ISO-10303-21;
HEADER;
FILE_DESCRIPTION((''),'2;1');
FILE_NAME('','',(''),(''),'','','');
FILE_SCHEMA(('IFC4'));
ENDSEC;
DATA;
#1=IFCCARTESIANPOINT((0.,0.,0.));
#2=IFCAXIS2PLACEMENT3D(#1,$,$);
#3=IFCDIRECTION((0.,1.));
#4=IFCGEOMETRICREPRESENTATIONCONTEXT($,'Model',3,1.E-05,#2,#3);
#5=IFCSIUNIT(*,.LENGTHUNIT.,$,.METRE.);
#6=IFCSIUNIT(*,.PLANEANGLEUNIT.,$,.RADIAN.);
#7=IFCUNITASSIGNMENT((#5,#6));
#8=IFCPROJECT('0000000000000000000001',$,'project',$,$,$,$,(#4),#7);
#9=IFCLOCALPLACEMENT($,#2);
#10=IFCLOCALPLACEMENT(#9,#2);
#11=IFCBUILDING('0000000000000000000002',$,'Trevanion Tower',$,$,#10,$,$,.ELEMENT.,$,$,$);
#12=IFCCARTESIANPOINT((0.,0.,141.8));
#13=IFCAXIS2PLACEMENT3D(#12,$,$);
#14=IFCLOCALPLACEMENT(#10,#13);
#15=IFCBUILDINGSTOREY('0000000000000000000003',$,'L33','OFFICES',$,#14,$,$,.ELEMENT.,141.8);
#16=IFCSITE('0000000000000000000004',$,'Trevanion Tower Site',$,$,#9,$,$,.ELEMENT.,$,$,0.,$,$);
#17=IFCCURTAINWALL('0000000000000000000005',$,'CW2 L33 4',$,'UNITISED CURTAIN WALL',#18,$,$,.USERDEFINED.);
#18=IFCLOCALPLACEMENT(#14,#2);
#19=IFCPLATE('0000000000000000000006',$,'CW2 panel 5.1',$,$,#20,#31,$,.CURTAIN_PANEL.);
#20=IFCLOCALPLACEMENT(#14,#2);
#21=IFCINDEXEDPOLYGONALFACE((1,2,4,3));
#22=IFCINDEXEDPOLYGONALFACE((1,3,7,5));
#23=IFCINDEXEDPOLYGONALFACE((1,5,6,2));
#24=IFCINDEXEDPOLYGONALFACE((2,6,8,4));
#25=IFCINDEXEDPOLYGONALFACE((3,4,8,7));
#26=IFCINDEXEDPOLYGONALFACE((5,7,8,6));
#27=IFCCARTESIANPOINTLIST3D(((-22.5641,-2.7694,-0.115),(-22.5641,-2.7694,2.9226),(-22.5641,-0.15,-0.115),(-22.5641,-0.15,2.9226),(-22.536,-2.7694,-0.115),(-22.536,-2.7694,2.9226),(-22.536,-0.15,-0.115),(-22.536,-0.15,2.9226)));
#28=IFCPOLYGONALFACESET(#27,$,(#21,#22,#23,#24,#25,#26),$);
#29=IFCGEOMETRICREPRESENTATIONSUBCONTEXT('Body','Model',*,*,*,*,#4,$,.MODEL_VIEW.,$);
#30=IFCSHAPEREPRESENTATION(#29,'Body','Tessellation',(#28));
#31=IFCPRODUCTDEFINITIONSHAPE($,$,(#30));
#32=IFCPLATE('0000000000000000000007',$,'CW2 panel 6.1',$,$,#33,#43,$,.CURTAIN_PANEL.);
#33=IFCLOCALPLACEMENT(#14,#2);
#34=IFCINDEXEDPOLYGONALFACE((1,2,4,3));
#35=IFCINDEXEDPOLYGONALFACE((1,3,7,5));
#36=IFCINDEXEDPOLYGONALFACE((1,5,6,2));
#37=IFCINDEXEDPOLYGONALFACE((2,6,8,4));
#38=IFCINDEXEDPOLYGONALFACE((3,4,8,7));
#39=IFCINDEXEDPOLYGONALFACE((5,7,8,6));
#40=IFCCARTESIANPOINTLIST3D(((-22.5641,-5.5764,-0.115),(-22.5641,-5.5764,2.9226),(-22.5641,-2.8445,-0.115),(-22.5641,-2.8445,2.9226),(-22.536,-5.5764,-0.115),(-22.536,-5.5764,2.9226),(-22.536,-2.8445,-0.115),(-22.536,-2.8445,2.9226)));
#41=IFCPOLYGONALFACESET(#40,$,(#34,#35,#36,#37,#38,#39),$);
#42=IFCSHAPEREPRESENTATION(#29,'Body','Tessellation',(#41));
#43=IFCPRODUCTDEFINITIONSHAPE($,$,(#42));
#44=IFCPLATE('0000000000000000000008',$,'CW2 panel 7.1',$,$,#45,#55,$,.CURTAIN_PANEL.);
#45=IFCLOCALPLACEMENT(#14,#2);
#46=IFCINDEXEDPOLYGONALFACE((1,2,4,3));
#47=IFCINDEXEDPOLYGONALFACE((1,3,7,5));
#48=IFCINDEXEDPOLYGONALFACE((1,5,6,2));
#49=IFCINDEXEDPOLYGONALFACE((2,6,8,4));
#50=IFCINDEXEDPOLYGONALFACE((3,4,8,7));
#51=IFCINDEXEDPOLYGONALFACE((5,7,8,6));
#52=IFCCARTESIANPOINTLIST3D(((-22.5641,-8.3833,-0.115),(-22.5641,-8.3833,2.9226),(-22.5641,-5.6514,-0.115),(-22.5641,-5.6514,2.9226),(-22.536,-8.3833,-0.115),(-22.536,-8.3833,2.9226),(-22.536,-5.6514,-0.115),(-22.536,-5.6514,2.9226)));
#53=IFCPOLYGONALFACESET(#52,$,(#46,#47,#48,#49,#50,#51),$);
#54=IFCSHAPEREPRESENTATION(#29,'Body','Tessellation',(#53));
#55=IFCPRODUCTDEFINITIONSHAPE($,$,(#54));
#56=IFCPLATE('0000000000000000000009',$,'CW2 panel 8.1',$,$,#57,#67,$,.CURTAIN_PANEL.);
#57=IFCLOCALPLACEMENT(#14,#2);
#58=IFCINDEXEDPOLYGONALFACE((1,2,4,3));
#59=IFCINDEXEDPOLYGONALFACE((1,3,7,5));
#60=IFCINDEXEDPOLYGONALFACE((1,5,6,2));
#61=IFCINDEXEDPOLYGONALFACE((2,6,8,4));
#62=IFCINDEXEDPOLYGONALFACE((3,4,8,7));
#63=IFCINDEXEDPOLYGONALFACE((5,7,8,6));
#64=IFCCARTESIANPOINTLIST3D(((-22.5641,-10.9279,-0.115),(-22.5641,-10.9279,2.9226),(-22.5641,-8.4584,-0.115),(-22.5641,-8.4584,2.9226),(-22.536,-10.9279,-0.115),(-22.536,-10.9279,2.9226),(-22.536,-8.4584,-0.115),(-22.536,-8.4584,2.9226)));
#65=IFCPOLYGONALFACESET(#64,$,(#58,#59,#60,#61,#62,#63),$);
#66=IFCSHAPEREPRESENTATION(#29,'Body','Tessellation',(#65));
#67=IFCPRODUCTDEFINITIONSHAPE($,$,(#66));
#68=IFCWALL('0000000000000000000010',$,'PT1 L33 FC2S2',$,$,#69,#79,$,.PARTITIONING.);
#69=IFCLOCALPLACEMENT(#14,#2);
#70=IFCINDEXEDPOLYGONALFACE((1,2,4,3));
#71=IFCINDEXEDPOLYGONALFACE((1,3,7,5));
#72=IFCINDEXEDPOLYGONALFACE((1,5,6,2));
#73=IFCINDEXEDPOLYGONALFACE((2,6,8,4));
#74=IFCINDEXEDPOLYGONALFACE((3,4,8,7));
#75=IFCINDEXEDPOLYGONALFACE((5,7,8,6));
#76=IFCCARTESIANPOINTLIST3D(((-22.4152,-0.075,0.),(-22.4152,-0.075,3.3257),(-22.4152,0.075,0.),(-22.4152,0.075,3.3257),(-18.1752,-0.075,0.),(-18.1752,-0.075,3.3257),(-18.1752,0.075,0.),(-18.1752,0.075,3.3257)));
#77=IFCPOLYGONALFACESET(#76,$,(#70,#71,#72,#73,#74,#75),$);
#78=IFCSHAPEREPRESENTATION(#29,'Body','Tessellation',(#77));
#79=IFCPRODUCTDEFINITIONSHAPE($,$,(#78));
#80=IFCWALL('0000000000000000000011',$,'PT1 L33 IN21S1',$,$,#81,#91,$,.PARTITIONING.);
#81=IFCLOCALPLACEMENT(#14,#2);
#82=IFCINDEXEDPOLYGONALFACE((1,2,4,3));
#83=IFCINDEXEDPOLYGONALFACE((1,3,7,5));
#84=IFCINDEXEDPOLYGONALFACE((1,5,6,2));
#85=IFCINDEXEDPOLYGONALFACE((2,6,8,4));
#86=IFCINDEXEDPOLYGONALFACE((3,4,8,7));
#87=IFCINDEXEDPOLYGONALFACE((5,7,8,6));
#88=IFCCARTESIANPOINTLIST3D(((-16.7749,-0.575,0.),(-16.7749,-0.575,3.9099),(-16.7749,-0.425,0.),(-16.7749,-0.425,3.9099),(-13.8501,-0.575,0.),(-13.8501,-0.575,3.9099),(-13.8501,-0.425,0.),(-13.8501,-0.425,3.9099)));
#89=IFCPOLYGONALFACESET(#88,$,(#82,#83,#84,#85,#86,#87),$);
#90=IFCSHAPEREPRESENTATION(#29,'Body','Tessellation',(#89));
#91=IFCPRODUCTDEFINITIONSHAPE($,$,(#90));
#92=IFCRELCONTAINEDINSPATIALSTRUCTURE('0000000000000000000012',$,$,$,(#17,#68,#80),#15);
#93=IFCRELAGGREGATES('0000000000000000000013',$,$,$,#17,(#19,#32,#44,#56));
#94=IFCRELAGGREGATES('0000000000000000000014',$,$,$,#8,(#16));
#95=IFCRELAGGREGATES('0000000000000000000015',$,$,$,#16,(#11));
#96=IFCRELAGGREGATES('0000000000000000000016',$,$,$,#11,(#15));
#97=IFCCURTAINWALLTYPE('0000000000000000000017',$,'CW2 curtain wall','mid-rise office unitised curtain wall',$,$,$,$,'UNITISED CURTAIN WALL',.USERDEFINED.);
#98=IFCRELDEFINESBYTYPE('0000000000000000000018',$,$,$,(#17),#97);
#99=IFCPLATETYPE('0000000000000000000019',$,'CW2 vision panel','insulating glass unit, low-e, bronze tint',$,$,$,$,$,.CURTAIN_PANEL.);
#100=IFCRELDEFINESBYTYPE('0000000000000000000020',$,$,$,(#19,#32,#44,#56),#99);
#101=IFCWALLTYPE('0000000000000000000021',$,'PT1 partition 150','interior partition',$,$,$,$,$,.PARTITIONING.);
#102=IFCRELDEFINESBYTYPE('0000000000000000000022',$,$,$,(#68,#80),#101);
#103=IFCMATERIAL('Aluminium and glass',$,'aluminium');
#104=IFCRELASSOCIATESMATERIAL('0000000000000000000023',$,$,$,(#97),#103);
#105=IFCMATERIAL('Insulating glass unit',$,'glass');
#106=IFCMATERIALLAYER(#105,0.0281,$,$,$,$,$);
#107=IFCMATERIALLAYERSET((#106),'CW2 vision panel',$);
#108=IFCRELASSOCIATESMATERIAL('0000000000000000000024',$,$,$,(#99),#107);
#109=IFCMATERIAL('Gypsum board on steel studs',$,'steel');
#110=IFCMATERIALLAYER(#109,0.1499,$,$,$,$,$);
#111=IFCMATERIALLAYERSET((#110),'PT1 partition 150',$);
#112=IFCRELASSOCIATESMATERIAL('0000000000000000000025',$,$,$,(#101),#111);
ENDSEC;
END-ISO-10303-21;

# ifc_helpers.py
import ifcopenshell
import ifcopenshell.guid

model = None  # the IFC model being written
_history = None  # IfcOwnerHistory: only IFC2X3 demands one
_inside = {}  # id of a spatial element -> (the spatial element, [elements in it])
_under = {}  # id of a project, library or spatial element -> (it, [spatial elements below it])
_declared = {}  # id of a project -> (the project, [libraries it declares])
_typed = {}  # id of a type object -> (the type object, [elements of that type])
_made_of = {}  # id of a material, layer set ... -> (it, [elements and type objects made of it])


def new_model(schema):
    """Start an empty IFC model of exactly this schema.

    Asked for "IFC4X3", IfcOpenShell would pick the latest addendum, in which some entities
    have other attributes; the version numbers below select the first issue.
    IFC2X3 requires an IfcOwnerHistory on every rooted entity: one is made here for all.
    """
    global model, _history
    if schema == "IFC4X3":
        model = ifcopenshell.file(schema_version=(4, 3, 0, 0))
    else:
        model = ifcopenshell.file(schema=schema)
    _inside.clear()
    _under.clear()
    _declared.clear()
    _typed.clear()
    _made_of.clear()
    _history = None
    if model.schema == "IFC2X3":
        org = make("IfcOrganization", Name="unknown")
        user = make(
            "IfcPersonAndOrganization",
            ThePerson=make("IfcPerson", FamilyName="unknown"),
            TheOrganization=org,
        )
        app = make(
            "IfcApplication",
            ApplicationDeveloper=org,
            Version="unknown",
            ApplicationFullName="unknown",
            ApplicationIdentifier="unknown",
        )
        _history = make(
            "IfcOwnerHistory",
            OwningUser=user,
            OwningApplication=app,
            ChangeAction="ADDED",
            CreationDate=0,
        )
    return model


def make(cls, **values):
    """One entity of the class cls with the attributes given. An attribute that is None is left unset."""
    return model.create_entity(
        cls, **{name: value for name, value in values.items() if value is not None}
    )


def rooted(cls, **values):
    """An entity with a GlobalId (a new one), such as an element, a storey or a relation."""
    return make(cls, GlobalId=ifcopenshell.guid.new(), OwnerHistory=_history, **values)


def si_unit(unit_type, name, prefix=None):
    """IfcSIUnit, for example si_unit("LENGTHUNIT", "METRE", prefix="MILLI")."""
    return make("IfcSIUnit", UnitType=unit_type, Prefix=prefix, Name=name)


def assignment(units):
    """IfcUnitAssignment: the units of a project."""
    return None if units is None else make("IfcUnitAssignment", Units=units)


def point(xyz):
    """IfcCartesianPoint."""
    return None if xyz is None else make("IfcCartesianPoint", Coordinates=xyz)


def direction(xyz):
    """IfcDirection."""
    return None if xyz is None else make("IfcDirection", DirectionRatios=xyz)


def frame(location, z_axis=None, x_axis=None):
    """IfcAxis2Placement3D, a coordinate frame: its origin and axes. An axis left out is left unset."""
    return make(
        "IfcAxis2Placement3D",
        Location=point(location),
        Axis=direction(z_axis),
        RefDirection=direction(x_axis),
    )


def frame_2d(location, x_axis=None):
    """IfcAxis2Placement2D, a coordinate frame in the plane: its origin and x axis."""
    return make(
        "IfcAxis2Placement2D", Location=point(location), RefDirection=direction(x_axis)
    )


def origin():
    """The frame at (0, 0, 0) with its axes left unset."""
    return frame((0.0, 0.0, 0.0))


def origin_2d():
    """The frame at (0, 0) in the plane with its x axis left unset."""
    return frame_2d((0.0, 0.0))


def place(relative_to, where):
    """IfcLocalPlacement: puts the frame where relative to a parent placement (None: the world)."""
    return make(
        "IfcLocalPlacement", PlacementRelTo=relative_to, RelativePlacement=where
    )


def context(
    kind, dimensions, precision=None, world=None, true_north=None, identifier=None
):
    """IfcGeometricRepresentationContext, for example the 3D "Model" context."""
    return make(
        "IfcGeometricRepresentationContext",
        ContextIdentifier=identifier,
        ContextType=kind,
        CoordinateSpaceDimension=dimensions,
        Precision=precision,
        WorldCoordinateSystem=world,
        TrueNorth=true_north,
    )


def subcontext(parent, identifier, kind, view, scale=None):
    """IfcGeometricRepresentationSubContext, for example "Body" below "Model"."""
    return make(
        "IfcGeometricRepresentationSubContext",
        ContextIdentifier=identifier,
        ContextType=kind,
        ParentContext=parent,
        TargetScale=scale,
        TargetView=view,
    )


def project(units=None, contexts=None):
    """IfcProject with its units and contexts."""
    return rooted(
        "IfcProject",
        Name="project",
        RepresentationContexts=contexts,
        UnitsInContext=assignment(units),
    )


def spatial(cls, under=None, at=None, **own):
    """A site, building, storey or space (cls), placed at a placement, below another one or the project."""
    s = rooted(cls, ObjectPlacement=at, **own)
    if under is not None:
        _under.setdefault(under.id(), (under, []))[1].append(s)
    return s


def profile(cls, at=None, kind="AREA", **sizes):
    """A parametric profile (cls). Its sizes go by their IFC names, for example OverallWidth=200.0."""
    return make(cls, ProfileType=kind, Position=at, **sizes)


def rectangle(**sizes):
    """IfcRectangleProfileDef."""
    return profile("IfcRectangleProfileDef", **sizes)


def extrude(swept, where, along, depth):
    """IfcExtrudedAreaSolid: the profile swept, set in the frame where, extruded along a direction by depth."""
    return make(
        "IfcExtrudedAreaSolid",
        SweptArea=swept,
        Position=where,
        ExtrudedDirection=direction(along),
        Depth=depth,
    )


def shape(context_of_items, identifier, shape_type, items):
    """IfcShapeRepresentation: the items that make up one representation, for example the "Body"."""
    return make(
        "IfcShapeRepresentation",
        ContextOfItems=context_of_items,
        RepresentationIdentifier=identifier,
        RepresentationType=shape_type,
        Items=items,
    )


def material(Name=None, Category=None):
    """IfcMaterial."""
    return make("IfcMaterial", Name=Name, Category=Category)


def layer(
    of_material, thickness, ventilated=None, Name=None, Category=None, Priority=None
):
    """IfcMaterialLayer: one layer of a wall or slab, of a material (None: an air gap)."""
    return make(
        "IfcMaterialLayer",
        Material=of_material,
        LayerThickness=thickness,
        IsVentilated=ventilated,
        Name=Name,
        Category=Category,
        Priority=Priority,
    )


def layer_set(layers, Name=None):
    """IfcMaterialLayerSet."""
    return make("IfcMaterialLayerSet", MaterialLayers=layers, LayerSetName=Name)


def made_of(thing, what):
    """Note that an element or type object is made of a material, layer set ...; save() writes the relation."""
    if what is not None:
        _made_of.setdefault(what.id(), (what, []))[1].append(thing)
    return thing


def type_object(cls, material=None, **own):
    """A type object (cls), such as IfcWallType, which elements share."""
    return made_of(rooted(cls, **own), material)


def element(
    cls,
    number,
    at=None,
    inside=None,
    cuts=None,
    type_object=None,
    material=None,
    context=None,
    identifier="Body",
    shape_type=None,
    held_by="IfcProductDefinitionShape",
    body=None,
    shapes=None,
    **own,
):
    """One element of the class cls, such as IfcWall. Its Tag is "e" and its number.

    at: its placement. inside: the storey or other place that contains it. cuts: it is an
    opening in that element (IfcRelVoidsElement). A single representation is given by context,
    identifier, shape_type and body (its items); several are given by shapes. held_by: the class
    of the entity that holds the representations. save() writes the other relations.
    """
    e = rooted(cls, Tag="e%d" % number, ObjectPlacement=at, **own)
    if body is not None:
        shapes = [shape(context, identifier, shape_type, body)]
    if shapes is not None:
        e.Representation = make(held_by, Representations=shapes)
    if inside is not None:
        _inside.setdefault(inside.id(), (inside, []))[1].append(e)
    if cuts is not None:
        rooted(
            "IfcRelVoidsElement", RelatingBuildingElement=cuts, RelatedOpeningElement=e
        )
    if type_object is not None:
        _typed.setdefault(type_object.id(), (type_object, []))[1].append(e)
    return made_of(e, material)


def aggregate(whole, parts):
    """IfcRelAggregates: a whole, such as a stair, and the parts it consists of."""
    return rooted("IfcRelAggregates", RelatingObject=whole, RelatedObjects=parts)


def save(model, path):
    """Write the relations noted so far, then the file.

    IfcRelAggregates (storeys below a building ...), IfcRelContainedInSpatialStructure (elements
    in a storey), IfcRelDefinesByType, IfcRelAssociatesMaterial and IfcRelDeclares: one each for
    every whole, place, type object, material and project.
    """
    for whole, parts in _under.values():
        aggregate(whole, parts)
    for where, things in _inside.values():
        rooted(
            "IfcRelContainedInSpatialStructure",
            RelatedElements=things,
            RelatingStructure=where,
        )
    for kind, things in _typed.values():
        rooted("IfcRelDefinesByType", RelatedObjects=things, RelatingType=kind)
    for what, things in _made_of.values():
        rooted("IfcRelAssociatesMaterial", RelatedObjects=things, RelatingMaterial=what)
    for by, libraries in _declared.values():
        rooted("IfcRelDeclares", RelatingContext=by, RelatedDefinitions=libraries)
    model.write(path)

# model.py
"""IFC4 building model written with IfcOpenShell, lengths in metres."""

from ifc_helpers import new_model, si_unit, direction, frame, frame_2d, origin, origin_2d, place, context, subcontext, project, spatial, rectangle, extrude, material, layer, layer_set, type_object, element, aggregate, save


model = new_model("IFC4")

# Units and contexts
model_context = context("Model", 3, precision=1e-05, world=origin(), true_north=direction((0.0, 1.0)))
body_context = subcontext(model_context, "Body", "Model", "MODEL_VIEW")
ifc_project = project(units=[si_unit("LENGTHUNIT", "METRE"), si_unit("PLANEANGLEUNIT", "RADIAN")], contexts=[model_context])

# Site, building, storey
site_placement = place(None, origin())
site = spatial("IfcSite", under=ifc_project, at=site_placement, Name="Trevanion Tower Site", CompositionType="ELEMENT", RefElevation=0.0)
building_placement = place(site_placement, origin())
building = spatial("IfcBuilding", under=site, at=building_placement, Name="Trevanion Tower", CompositionType="ELEMENT")
storey_placement = place(building_placement, frame((0.0, 0.0, 141.8)))
storey = spatial("IfcBuildingStorey", under=building, at=storey_placement, Name="L33", Description="OFFICES", CompositionType="ELEMENT", Elevation=141.8)

# Curtain wall
ifc_material_1 = material(Name="Aluminium and glass", Category="aluminium")
curtain_wall_type = type_object("IfcCurtainWallType", Name="CW2 curtain wall", Description="mid-rise office unitised curtain wall", ElementType="UNITISED CURTAIN WALL", PredefinedType="USERDEFINED", material=ifc_material_1)
curtain_wall_1_placement = place(storey_placement, origin())
curtain_wall_1 = element("IfcCurtainWall", 1, at=curtain_wall_1_placement, inside=storey, type_object=curtain_wall_type, Name="CW2 L33 4", ObjectType="UNITISED CURTAIN WALL", PredefinedType="USERDEFINED")

# Plates
ifc_material_2 = material(Name="Insulating glass unit", Category="glass")
ifc_layer_1 = layer(ifc_material_2, 0.0281)
ifc_layer_set_1 = layer_set([ifc_layer_1], Name="CW2 vision panel")
plate_type_1 = type_object("IfcPlateType", Name="CW2 vision panel", Description="insulating glass unit, low-e, bronze tint", PredefinedType="CURTAIN_PANEL", material=ifc_layer_set_1)
plate_1_placement = place(storey_placement, frame((-22.55, -1.4597, -0.115), z_axis=(0.0, 0.0, 1.0), x_axis=(0.0, -1.0, 0.0)))
plate_1 = element("IfcPlate", 2, at=plate_1_placement, type_object=plate_type_1, Name="CW2 panel 5.1", PredefinedType="CURTAIN_PANEL", context=body_context, shape_type="SweptSolid", body=[
    extrude(rectangle(XDim=2.6194, YDim=0.0281, at=origin_2d()), origin(), (0.0, 0.0, 1.0), 3.0376),
])
plate_2_placement = place(storey_placement, frame((-22.55, -4.2104, -0.115), z_axis=(0.0, 0.0, 1.0), x_axis=(0.0, -1.0, 0.0)))
plate_2 = element("IfcPlate", 3, at=plate_2_placement, type_object=plate_type_1, Name="CW2 panel 6.1", PredefinedType="CURTAIN_PANEL", context=body_context, shape_type="SweptSolid", body=[
    extrude(rectangle(XDim=2.7319, YDim=0.0281, at=origin_2d()), origin(), (0.0, 0.0, 1.0), 3.0376),
])
plate_3_placement = place(storey_placement, frame((-22.55, -7.0173, -0.115), z_axis=(0.0, 0.0, 1.0), x_axis=(0.0, -1.0, 0.0)))
plate_3 = element("IfcPlate", 4, at=plate_3_placement, type_object=plate_type_1, Name="CW2 panel 7.1", PredefinedType="CURTAIN_PANEL", context=body_context, shape_type="SweptSolid", body=[
    extrude(rectangle(XDim=2.7319, YDim=0.0281, at=origin_2d()), origin(), (0.0, 0.0, 1.0), 3.0376),
])
plate_4_placement = place(storey_placement, frame((-22.55, -9.6931, -0.115), z_axis=(0.0, 0.0, 1.0), x_axis=(0.0, -1.0, 0.0)))
plate_4 = element("IfcPlate", 5, at=plate_4_placement, type_object=plate_type_1, Name="CW2 panel 8.1", PredefinedType="CURTAIN_PANEL", context=body_context, shape_type="SweptSolid", body=[
    extrude(rectangle(XDim=2.4695, YDim=0.0281, at=origin_2d()), origin(), (0.0, 0.0, 1.0), 3.0376),
])
aggregate(curtain_wall_1, [plate_1, plate_2, plate_3, plate_4])

# Walls
ifc_material_3 = material(Name="Gypsum board on steel studs", Category="steel")
ifc_layer_2 = layer(ifc_material_3, 0.1499)
ifc_layer_set_2 = layer_set([ifc_layer_2], Name="PT1 partition 150")
wall_type = type_object("IfcWallType", Name="PT1 partition 150", Description="interior partition", PredefinedType="PARTITIONING", material=ifc_layer_set_2)
wall_1_placement = place(storey_placement, frame((-18.175, 0.0, 0.0), z_axis=(0.0, 0.0, 1.0), x_axis=(-1.0, 0.0, 0.0)))
element("IfcWall", 6, at=wall_1_placement, inside=storey, type_object=wall_type, Name="PT1 L33 FC2S2", PredefinedType="PARTITIONING", context=body_context, shape_type="SweptSolid", body=[
    extrude(rectangle(XDim=4.24, YDim=0.1499, at=frame_2d((2.1201, 0.0))), origin(), (0.0, 0.0, 1.0), 3.3257),
])
wall_2_placement = place(storey_placement, frame((-16.7749, -0.5, 0.0), z_axis=(0.0, 0.0, 1.0), x_axis=(1.0, 0.0, 0.0)))
element("IfcWall", 7, at=wall_2_placement, inside=storey, type_object=wall_type, Name="PT1 L33 IN21S1", PredefinedType="PARTITIONING", context=body_context, shape_type="SweptSolid", body=[
    extrude(rectangle(XDim=2.9248, YDim=0.1499, at=frame_2d((1.4624, 0.0))), origin(), (0.0, 0.0, 1.0), 3.9099),
])

save(model, "model.ifc")
